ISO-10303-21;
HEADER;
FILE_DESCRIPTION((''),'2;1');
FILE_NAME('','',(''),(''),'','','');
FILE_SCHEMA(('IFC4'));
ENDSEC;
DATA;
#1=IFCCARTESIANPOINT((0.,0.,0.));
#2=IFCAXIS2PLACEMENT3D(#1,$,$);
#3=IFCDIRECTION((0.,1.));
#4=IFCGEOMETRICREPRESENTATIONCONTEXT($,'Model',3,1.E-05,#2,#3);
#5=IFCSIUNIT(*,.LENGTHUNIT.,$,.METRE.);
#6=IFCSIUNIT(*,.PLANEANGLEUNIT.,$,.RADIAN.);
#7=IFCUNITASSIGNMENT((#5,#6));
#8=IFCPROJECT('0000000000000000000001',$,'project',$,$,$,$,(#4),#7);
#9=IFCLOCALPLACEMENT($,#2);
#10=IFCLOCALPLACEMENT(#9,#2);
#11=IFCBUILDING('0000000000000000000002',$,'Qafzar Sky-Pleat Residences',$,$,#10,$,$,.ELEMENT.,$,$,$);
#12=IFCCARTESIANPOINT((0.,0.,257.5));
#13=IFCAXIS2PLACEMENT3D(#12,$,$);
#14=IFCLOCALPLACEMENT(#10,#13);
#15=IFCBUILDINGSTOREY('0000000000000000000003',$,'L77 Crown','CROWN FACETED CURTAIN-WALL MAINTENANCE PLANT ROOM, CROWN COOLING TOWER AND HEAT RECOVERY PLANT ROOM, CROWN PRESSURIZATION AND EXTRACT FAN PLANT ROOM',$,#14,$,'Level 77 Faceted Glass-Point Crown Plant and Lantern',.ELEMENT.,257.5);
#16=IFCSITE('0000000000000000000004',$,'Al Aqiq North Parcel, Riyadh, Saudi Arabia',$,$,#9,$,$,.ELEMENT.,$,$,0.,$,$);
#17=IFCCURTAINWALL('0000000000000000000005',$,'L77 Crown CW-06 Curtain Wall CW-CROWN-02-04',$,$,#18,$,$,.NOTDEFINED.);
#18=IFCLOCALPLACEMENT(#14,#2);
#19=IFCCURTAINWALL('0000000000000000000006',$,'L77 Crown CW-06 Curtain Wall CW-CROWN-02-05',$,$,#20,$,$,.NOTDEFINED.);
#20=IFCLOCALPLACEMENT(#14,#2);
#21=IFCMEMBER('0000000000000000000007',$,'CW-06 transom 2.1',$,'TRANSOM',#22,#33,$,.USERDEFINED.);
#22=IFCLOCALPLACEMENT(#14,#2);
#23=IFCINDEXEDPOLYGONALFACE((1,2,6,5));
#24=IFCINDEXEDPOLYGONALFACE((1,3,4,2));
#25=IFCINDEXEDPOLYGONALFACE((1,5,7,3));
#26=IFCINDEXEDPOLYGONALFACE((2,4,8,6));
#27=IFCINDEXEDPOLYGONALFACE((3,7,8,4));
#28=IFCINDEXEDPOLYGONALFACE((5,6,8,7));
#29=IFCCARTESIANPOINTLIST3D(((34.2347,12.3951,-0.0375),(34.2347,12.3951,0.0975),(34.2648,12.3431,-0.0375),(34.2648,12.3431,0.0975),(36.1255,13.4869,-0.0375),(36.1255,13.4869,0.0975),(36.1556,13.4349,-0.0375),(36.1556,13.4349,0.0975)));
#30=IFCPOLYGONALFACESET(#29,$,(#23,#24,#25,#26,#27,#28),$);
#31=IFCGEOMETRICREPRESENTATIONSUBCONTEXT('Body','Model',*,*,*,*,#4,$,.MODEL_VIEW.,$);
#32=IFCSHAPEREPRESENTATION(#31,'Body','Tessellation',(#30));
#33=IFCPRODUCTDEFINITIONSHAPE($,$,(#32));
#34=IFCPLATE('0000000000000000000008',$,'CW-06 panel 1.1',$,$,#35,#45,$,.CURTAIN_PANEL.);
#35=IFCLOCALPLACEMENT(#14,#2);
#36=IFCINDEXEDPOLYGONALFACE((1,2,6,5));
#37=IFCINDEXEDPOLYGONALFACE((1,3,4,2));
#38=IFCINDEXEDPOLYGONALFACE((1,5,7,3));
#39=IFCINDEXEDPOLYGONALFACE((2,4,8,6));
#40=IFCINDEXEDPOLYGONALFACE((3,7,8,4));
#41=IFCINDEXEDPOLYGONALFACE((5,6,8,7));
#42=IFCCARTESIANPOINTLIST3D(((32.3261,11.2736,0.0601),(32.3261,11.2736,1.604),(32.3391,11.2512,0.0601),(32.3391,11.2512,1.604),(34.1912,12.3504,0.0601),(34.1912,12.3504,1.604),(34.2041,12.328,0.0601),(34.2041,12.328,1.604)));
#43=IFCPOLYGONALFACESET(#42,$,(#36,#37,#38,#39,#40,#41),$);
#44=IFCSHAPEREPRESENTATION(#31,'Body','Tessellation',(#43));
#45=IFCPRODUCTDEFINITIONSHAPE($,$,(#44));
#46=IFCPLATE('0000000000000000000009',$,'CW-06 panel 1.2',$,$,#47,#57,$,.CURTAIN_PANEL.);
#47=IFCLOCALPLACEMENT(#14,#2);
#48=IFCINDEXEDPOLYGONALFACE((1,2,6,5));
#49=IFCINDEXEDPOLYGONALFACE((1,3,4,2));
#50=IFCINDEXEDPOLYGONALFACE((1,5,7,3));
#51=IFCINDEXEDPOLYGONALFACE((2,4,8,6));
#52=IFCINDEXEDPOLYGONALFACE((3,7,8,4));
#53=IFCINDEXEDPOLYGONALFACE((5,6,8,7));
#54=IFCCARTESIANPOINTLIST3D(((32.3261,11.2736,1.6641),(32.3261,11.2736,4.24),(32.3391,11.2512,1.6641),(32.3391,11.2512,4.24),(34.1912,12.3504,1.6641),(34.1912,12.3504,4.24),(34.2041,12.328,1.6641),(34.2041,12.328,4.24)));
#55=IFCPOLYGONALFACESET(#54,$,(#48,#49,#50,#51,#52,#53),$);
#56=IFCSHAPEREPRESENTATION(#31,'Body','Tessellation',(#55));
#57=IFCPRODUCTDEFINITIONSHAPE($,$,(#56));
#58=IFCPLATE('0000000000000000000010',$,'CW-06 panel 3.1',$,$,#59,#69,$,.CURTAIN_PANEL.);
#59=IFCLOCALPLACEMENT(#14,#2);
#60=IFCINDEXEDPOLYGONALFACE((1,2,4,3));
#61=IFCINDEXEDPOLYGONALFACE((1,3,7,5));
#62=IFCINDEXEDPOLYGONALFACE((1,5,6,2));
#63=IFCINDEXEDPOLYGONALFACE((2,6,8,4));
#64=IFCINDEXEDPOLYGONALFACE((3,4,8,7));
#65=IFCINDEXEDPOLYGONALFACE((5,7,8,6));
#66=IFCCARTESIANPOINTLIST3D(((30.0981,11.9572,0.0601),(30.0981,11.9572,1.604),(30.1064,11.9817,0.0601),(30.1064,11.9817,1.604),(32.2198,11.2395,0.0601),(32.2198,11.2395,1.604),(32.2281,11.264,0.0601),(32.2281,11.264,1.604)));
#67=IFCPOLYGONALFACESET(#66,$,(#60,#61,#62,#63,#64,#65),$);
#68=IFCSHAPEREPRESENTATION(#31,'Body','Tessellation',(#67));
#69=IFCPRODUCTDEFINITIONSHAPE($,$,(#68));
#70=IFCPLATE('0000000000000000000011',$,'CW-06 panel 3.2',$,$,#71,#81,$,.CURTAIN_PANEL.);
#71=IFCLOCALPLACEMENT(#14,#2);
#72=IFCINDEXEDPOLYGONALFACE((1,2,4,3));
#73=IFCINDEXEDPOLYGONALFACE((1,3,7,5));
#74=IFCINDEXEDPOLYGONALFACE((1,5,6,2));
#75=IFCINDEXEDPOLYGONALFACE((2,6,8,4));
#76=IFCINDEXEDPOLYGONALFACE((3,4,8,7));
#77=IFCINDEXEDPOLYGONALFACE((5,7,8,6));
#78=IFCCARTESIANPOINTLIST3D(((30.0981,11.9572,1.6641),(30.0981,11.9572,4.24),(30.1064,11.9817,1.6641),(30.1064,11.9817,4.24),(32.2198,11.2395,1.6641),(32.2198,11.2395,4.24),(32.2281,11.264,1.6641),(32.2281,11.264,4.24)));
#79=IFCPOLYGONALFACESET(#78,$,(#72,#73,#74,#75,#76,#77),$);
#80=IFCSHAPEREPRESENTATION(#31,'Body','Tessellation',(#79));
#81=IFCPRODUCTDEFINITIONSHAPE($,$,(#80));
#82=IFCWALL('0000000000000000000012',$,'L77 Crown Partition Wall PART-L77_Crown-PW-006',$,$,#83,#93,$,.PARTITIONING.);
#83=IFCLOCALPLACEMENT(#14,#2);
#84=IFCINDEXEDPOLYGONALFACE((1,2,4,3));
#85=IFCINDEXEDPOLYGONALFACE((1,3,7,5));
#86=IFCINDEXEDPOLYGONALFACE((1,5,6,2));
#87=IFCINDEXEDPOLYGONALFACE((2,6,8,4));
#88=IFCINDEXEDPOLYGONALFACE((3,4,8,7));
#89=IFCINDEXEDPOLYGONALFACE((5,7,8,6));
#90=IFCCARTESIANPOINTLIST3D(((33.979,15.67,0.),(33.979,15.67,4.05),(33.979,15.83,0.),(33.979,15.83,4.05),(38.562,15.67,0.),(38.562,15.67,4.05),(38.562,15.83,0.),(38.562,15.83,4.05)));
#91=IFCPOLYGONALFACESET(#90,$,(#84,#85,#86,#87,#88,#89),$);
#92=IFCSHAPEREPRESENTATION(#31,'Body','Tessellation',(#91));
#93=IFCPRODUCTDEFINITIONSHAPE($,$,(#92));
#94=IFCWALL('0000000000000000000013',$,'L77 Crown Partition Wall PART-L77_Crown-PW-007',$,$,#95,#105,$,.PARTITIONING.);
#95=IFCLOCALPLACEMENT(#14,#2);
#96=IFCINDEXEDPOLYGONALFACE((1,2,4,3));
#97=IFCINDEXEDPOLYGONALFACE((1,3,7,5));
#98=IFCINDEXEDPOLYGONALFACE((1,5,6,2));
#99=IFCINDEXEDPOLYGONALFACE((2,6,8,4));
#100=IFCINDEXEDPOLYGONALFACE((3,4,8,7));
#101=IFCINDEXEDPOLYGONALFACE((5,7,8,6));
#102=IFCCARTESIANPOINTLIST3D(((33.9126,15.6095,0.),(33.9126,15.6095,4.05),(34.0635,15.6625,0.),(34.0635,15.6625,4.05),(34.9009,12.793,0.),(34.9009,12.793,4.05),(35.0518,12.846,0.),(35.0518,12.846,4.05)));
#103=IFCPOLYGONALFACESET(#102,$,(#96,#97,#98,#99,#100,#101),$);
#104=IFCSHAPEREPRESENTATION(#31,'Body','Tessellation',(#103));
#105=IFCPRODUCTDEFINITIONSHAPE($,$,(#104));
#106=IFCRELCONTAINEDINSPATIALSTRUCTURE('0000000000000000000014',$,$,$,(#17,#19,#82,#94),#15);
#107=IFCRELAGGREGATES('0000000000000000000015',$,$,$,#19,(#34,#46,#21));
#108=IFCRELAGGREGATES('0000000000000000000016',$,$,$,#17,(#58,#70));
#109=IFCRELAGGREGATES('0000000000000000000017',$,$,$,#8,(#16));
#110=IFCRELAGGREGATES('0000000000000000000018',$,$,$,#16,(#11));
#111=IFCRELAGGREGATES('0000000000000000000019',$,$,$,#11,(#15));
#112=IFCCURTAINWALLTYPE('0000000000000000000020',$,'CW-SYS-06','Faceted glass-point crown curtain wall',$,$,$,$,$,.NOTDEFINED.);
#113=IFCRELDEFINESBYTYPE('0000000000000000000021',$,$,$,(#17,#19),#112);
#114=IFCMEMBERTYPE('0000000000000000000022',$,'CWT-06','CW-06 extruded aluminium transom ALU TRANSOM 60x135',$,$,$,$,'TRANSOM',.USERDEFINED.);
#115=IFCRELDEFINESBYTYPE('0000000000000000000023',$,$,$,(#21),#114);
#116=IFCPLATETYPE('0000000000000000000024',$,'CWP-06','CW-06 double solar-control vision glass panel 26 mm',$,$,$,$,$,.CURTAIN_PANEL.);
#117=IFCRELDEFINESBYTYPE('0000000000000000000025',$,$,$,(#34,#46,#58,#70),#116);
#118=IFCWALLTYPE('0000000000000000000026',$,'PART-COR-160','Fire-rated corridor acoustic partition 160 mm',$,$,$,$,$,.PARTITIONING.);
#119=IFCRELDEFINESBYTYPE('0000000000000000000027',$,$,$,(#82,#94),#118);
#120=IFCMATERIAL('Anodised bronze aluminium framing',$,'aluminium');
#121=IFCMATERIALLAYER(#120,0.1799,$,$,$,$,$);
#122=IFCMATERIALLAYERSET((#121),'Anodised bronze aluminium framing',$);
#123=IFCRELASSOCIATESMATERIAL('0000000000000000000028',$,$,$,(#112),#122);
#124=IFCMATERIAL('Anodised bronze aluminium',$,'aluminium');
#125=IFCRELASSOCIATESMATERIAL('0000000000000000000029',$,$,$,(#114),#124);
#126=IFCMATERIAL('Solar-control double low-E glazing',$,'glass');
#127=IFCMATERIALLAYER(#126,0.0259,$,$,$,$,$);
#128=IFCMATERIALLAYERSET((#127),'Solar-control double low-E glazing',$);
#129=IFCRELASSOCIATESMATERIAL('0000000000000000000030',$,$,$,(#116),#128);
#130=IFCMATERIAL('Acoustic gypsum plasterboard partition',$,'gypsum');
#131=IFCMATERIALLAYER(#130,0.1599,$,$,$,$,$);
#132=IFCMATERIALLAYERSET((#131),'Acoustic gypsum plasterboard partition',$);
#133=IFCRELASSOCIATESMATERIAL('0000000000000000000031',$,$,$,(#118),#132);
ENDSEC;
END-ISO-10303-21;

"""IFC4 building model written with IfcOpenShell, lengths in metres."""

from ifc_helpers import new_model, si_unit, direction, frame, frame_2d, origin, origin_2d, place, context, subcontext, project, spatial, rectangle, extrude, source, transform, mapped, material, layer, layer_set, material_profile, profile_set, type_object, element, aggregate, save


model = new_model("IFC4")

# Units and contexts
model_context = context("Model", 3, precision=1e-05, world=origin(), true_north=direction((0.0, 1.0)))
body_context = subcontext(model_context, "Body", "Model", "MODEL_VIEW")
ifc_project = project(units=[si_unit("LENGTHUNIT", "METRE"), si_unit("PLANEANGLEUNIT", "RADIAN")], contexts=[model_context])

# Site, building, storey
site_placement = place(None, origin())
site = spatial("IfcSite", under=ifc_project, at=site_placement, Name="Al Aqiq North Parcel, Riyadh, Saudi Arabia", CompositionType="ELEMENT", RefElevation=0.0)
building_placement = place(site_placement, origin())
building = spatial("IfcBuilding", under=site, at=building_placement, Name="Qafzar Sky-Pleat Residences", CompositionType="ELEMENT")
storey_placement = place(building_placement, frame((0.0, 0.0, 257.5)))
storey = spatial("IfcBuildingStorey", under=building, at=storey_placement, Name="L77 Crown", Description="CROWN FACETED CURTAIN-WALL MAINTENANCE PLANT ROOM, CROWN COOLING TOWER AND HEAT RECOVERY PLANT ROOM, CROWN PRESSURIZATION AND EXTRACT FAN PLANT ROOM", LongName="Level 77 Faceted Glass-Point Crown Plant and Lantern", CompositionType="ELEMENT", Elevation=257.5)

# Curtain wall
ifc_material_1 = material(Name="Anodised bronze aluminium framing", Category="aluminium")
ifc_layer_1 = layer(ifc_material_1, 0.1799)
ifc_layer_set_1 = layer_set([ifc_layer_1], Name="Anodised bronze aluminium framing")
curtain_wall_type = type_object("IfcCurtainWallType", Name="CW-SYS-06", Description="Faceted glass-point crown curtain wall", PredefinedType="NOTDEFINED", material=ifc_layer_set_1)
curtain_wall_1_placement = place(storey_placement, origin())
curtain_wall_1 = element("IfcCurtainWall", 1, at=curtain_wall_1_placement, inside=storey, type_object=curtain_wall_type, Name="L77 Crown CW-06 Curtain Wall CW-CROWN-02-04", PredefinedType="NOTDEFINED")
ifc_material_2 = material(Name="Anodised bronze aluminium", Category="aluminium")

# Curtain wall
curtain_wall_2_placement = place(storey_placement, origin())
curtain_wall_2 = element("IfcCurtainWall", 2, at=curtain_wall_2_placement, inside=storey, type_object=curtain_wall_type, Name="L77 Crown CW-06 Curtain Wall CW-CROWN-02-05", PredefinedType="NOTDEFINED")
ifc_material_profile_1 = material_profile(ifc_material_2, rectangle(XDim=0.0601, YDim=0.135, at=origin_2d()), Name="ALU TRANSOM 60x135")
ifc_profile_set_1 = profile_set([ifc_material_profile_1], Name="Anodised bronze aluminium")
member_type_1 = type_object("IfcMemberType", Name="CWT-06", Description="CW-06 extruded aluminium transom ALU TRANSOM 60x135", ElementType="TRANSOM", PredefinedType="USERDEFINED", material=ifc_profile_set_1)

# Member
shared_shape_1 = source(origin(), body_context, "Body", "SweptSolid", [
    extrude(rectangle(XDim=0.0601, YDim=0.135, at=origin_2d()), origin(), (0.0, 0.0, 1.0), 2.1833),
])
member_1_placement = place(storey_placement, frame((34.2498, 12.3691, 0.03), z_axis=(0.866005, 0.500035, 0.0), x_axis=(-0.500035, 0.866005, 0.0)))
member_1 = element("IfcMember", 3, at=member_1_placement, type_object=member_type_1, Name="CW-06 transom 2.1", ObjectType="TRANSOM", PredefinedType="USERDEFINED", context=body_context, shape_type="MappedRepresentation", body=[
    mapped(shared_shape_1, transform((0.0, 0.0, 0.0), x_axis=(1.0, 0.0, 0.0), y_axis=(0.0, 1.0, 0.0), z_axis=(0.0, 0.0, 1.0), scale=1.0)),
])

# Plates
ifc_material_3 = material(Name="Solar-control double low-E glazing", Category="glass")
ifc_layer_2 = layer(ifc_material_3, 0.0259)
ifc_layer_set_2 = layer_set([ifc_layer_2], Name="Solar-control double low-E glazing")
plate_type = type_object("IfcPlateType", Name="CWP-06", Description="CW-06 double solar-control vision glass panel 26 mm", PredefinedType="CURTAIN_PANEL", material=ifc_layer_set_2)
shared_shape_2 = source(origin(), body_context, "Body", "SweptSolid", [
    extrude(rectangle(XDim=2.1536, YDim=0.0259, at=origin_2d()), origin(), (0.0, 0.0, 1.0), 1.5439),
])
plate_1_placement = place(storey_placement, frame((33.2651, 11.8008, 0.0601), z_axis=(0.0, 0.0, 1.0), x_axis=(0.866024, 0.500003, 0.0)))
plate_1 = element("IfcPlate", 4, at=plate_1_placement, type_object=plate_type, Name="CW-06 panel 1.1", PredefinedType="CURTAIN_PANEL", context=body_context, shape_type="MappedRepresentation", body=[
    mapped(shared_shape_2, transform((0.0, 0.0, 0.0), x_axis=(1.0, 0.0, 0.0), y_axis=(0.0, 1.0, 0.0), z_axis=(0.0, 0.0, 1.0), scale=1.0)),
])
shared_shape_3 = source(origin(), body_context, "Body", "SweptSolid", [
    extrude(rectangle(XDim=2.1536, YDim=0.0259, at=origin_2d()), origin(), (0.0, 0.0, 1.0), 2.5759),
])
plate_2_placement = place(storey_placement, frame((33.2651, 11.8008, 1.6641), z_axis=(0.0, 0.0, 1.0), x_axis=(0.866024, 0.500003, 0.0)))
plate_2 = element("IfcPlate", 5, at=plate_2_placement, type_object=plate_type, Name="CW-06 panel 1.2", PredefinedType="CURTAIN_PANEL", context=body_context, shape_type="MappedRepresentation", body=[
    mapped(shared_shape_3, transform((0.0, 0.0, 0.0), x_axis=(1.0, 0.0, 0.0), y_axis=(0.0, 1.0, 0.0), z_axis=(0.0, 0.0, 1.0), scale=1.0)),
])
aggregate(curtain_wall_2, [plate_1, plate_2, member_1])
shared_shape_4 = source(origin(), body_context, "Body", "SweptSolid", [
    extrude(rectangle(XDim=2.2397, YDim=0.0259, at=origin_2d()), origin(), (0.0, 0.0, 1.0), 1.5439),
])
plate_3_placement = place(storey_placement, frame((31.1631, 11.6106, 0.0601), z_axis=(0.0, 0.0, 1.0), x_axis=(0.947266, -0.320448, 0.0)))
plate_3 = element("IfcPlate", 6, at=plate_3_placement, type_object=plate_type, Name="CW-06 panel 3.1", PredefinedType="CURTAIN_PANEL", context=body_context, shape_type="MappedRepresentation", body=[
    mapped(shared_shape_4, transform((0.0, 0.0, 0.0), x_axis=(1.0, 0.0, 0.0), y_axis=(0.0, 1.0, 0.0), z_axis=(0.0, 0.0, 1.0), scale=1.0)),
])
shared_shape_5 = source(origin(), body_context, "Body", "SweptSolid", [
    extrude(rectangle(XDim=2.2397, YDim=0.0259, at=origin_2d()), origin(), (0.0, 0.0, 1.0), 2.5759),
])
plate_4_placement = place(storey_placement, frame((31.1631, 11.6106, 1.6641), z_axis=(0.0, 0.0, 1.0), x_axis=(0.947266, -0.320448, 0.0)))
plate_4 = element("IfcPlate", 7, at=plate_4_placement, type_object=plate_type, Name="CW-06 panel 3.2", PredefinedType="CURTAIN_PANEL", context=body_context, shape_type="MappedRepresentation", body=[
    mapped(shared_shape_5, transform((0.0, 0.0, 0.0), x_axis=(1.0, 0.0, 0.0), y_axis=(0.0, 1.0, 0.0), z_axis=(0.0, 0.0, 1.0), scale=1.0)),
])
aggregate(curtain_wall_1, [plate_3, plate_4])

# Walls
ifc_material_4 = material(Name="Acoustic gypsum plasterboard partition", Category="gypsum")
ifc_layer_3 = layer(ifc_material_4, 0.1599)
ifc_layer_set_3 = layer_set([ifc_layer_3], Name="Acoustic gypsum plasterboard partition")
wall_type = type_object("IfcWallType", Name="PART-COR-160", Description="Fire-rated corridor acoustic partition 160 mm", PredefinedType="PARTITIONING", material=ifc_layer_set_3)
wall_1_placement = place(storey_placement, frame((33.979, 15.75, 0.0), z_axis=(0.0, 0.0, 1.0), x_axis=(1.0, 0.0, 0.0)))
element("IfcWall", 8, at=wall_1_placement, inside=storey, type_object=wall_type, Name="L77 Crown Partition Wall PART-L77_Crown-PW-006", PredefinedType="PARTITIONING", context=body_context, shape_type="SweptSolid", body=[
    extrude(rectangle(XDim=4.583, YDim=0.1599, at=frame_2d((2.2915, 0.0))), origin(), (0.0, 0.0, 1.0), 4.05),
])
wall_2_placement = place(storey_placement, frame((33.988, 15.636, 0.0), z_axis=(0.0, 0.0, 1.0), x_axis=(0.331108, -0.943593, 0.0)))
element("IfcWall", 9, at=wall_2_placement, inside=storey, type_object=wall_type, Name="L77 Crown Partition Wall PART-L77_Crown-PW-007", PredefinedType="PARTITIONING", context=body_context, shape_type="SweptSolid", body=[
    extrude(rectangle(XDim=2.9849, YDim=0.1599, at=frame_2d((1.4924, 0.0))), origin(), (0.0, 0.0, 1.0), 4.05),
])

save(model, "model.ifc")
